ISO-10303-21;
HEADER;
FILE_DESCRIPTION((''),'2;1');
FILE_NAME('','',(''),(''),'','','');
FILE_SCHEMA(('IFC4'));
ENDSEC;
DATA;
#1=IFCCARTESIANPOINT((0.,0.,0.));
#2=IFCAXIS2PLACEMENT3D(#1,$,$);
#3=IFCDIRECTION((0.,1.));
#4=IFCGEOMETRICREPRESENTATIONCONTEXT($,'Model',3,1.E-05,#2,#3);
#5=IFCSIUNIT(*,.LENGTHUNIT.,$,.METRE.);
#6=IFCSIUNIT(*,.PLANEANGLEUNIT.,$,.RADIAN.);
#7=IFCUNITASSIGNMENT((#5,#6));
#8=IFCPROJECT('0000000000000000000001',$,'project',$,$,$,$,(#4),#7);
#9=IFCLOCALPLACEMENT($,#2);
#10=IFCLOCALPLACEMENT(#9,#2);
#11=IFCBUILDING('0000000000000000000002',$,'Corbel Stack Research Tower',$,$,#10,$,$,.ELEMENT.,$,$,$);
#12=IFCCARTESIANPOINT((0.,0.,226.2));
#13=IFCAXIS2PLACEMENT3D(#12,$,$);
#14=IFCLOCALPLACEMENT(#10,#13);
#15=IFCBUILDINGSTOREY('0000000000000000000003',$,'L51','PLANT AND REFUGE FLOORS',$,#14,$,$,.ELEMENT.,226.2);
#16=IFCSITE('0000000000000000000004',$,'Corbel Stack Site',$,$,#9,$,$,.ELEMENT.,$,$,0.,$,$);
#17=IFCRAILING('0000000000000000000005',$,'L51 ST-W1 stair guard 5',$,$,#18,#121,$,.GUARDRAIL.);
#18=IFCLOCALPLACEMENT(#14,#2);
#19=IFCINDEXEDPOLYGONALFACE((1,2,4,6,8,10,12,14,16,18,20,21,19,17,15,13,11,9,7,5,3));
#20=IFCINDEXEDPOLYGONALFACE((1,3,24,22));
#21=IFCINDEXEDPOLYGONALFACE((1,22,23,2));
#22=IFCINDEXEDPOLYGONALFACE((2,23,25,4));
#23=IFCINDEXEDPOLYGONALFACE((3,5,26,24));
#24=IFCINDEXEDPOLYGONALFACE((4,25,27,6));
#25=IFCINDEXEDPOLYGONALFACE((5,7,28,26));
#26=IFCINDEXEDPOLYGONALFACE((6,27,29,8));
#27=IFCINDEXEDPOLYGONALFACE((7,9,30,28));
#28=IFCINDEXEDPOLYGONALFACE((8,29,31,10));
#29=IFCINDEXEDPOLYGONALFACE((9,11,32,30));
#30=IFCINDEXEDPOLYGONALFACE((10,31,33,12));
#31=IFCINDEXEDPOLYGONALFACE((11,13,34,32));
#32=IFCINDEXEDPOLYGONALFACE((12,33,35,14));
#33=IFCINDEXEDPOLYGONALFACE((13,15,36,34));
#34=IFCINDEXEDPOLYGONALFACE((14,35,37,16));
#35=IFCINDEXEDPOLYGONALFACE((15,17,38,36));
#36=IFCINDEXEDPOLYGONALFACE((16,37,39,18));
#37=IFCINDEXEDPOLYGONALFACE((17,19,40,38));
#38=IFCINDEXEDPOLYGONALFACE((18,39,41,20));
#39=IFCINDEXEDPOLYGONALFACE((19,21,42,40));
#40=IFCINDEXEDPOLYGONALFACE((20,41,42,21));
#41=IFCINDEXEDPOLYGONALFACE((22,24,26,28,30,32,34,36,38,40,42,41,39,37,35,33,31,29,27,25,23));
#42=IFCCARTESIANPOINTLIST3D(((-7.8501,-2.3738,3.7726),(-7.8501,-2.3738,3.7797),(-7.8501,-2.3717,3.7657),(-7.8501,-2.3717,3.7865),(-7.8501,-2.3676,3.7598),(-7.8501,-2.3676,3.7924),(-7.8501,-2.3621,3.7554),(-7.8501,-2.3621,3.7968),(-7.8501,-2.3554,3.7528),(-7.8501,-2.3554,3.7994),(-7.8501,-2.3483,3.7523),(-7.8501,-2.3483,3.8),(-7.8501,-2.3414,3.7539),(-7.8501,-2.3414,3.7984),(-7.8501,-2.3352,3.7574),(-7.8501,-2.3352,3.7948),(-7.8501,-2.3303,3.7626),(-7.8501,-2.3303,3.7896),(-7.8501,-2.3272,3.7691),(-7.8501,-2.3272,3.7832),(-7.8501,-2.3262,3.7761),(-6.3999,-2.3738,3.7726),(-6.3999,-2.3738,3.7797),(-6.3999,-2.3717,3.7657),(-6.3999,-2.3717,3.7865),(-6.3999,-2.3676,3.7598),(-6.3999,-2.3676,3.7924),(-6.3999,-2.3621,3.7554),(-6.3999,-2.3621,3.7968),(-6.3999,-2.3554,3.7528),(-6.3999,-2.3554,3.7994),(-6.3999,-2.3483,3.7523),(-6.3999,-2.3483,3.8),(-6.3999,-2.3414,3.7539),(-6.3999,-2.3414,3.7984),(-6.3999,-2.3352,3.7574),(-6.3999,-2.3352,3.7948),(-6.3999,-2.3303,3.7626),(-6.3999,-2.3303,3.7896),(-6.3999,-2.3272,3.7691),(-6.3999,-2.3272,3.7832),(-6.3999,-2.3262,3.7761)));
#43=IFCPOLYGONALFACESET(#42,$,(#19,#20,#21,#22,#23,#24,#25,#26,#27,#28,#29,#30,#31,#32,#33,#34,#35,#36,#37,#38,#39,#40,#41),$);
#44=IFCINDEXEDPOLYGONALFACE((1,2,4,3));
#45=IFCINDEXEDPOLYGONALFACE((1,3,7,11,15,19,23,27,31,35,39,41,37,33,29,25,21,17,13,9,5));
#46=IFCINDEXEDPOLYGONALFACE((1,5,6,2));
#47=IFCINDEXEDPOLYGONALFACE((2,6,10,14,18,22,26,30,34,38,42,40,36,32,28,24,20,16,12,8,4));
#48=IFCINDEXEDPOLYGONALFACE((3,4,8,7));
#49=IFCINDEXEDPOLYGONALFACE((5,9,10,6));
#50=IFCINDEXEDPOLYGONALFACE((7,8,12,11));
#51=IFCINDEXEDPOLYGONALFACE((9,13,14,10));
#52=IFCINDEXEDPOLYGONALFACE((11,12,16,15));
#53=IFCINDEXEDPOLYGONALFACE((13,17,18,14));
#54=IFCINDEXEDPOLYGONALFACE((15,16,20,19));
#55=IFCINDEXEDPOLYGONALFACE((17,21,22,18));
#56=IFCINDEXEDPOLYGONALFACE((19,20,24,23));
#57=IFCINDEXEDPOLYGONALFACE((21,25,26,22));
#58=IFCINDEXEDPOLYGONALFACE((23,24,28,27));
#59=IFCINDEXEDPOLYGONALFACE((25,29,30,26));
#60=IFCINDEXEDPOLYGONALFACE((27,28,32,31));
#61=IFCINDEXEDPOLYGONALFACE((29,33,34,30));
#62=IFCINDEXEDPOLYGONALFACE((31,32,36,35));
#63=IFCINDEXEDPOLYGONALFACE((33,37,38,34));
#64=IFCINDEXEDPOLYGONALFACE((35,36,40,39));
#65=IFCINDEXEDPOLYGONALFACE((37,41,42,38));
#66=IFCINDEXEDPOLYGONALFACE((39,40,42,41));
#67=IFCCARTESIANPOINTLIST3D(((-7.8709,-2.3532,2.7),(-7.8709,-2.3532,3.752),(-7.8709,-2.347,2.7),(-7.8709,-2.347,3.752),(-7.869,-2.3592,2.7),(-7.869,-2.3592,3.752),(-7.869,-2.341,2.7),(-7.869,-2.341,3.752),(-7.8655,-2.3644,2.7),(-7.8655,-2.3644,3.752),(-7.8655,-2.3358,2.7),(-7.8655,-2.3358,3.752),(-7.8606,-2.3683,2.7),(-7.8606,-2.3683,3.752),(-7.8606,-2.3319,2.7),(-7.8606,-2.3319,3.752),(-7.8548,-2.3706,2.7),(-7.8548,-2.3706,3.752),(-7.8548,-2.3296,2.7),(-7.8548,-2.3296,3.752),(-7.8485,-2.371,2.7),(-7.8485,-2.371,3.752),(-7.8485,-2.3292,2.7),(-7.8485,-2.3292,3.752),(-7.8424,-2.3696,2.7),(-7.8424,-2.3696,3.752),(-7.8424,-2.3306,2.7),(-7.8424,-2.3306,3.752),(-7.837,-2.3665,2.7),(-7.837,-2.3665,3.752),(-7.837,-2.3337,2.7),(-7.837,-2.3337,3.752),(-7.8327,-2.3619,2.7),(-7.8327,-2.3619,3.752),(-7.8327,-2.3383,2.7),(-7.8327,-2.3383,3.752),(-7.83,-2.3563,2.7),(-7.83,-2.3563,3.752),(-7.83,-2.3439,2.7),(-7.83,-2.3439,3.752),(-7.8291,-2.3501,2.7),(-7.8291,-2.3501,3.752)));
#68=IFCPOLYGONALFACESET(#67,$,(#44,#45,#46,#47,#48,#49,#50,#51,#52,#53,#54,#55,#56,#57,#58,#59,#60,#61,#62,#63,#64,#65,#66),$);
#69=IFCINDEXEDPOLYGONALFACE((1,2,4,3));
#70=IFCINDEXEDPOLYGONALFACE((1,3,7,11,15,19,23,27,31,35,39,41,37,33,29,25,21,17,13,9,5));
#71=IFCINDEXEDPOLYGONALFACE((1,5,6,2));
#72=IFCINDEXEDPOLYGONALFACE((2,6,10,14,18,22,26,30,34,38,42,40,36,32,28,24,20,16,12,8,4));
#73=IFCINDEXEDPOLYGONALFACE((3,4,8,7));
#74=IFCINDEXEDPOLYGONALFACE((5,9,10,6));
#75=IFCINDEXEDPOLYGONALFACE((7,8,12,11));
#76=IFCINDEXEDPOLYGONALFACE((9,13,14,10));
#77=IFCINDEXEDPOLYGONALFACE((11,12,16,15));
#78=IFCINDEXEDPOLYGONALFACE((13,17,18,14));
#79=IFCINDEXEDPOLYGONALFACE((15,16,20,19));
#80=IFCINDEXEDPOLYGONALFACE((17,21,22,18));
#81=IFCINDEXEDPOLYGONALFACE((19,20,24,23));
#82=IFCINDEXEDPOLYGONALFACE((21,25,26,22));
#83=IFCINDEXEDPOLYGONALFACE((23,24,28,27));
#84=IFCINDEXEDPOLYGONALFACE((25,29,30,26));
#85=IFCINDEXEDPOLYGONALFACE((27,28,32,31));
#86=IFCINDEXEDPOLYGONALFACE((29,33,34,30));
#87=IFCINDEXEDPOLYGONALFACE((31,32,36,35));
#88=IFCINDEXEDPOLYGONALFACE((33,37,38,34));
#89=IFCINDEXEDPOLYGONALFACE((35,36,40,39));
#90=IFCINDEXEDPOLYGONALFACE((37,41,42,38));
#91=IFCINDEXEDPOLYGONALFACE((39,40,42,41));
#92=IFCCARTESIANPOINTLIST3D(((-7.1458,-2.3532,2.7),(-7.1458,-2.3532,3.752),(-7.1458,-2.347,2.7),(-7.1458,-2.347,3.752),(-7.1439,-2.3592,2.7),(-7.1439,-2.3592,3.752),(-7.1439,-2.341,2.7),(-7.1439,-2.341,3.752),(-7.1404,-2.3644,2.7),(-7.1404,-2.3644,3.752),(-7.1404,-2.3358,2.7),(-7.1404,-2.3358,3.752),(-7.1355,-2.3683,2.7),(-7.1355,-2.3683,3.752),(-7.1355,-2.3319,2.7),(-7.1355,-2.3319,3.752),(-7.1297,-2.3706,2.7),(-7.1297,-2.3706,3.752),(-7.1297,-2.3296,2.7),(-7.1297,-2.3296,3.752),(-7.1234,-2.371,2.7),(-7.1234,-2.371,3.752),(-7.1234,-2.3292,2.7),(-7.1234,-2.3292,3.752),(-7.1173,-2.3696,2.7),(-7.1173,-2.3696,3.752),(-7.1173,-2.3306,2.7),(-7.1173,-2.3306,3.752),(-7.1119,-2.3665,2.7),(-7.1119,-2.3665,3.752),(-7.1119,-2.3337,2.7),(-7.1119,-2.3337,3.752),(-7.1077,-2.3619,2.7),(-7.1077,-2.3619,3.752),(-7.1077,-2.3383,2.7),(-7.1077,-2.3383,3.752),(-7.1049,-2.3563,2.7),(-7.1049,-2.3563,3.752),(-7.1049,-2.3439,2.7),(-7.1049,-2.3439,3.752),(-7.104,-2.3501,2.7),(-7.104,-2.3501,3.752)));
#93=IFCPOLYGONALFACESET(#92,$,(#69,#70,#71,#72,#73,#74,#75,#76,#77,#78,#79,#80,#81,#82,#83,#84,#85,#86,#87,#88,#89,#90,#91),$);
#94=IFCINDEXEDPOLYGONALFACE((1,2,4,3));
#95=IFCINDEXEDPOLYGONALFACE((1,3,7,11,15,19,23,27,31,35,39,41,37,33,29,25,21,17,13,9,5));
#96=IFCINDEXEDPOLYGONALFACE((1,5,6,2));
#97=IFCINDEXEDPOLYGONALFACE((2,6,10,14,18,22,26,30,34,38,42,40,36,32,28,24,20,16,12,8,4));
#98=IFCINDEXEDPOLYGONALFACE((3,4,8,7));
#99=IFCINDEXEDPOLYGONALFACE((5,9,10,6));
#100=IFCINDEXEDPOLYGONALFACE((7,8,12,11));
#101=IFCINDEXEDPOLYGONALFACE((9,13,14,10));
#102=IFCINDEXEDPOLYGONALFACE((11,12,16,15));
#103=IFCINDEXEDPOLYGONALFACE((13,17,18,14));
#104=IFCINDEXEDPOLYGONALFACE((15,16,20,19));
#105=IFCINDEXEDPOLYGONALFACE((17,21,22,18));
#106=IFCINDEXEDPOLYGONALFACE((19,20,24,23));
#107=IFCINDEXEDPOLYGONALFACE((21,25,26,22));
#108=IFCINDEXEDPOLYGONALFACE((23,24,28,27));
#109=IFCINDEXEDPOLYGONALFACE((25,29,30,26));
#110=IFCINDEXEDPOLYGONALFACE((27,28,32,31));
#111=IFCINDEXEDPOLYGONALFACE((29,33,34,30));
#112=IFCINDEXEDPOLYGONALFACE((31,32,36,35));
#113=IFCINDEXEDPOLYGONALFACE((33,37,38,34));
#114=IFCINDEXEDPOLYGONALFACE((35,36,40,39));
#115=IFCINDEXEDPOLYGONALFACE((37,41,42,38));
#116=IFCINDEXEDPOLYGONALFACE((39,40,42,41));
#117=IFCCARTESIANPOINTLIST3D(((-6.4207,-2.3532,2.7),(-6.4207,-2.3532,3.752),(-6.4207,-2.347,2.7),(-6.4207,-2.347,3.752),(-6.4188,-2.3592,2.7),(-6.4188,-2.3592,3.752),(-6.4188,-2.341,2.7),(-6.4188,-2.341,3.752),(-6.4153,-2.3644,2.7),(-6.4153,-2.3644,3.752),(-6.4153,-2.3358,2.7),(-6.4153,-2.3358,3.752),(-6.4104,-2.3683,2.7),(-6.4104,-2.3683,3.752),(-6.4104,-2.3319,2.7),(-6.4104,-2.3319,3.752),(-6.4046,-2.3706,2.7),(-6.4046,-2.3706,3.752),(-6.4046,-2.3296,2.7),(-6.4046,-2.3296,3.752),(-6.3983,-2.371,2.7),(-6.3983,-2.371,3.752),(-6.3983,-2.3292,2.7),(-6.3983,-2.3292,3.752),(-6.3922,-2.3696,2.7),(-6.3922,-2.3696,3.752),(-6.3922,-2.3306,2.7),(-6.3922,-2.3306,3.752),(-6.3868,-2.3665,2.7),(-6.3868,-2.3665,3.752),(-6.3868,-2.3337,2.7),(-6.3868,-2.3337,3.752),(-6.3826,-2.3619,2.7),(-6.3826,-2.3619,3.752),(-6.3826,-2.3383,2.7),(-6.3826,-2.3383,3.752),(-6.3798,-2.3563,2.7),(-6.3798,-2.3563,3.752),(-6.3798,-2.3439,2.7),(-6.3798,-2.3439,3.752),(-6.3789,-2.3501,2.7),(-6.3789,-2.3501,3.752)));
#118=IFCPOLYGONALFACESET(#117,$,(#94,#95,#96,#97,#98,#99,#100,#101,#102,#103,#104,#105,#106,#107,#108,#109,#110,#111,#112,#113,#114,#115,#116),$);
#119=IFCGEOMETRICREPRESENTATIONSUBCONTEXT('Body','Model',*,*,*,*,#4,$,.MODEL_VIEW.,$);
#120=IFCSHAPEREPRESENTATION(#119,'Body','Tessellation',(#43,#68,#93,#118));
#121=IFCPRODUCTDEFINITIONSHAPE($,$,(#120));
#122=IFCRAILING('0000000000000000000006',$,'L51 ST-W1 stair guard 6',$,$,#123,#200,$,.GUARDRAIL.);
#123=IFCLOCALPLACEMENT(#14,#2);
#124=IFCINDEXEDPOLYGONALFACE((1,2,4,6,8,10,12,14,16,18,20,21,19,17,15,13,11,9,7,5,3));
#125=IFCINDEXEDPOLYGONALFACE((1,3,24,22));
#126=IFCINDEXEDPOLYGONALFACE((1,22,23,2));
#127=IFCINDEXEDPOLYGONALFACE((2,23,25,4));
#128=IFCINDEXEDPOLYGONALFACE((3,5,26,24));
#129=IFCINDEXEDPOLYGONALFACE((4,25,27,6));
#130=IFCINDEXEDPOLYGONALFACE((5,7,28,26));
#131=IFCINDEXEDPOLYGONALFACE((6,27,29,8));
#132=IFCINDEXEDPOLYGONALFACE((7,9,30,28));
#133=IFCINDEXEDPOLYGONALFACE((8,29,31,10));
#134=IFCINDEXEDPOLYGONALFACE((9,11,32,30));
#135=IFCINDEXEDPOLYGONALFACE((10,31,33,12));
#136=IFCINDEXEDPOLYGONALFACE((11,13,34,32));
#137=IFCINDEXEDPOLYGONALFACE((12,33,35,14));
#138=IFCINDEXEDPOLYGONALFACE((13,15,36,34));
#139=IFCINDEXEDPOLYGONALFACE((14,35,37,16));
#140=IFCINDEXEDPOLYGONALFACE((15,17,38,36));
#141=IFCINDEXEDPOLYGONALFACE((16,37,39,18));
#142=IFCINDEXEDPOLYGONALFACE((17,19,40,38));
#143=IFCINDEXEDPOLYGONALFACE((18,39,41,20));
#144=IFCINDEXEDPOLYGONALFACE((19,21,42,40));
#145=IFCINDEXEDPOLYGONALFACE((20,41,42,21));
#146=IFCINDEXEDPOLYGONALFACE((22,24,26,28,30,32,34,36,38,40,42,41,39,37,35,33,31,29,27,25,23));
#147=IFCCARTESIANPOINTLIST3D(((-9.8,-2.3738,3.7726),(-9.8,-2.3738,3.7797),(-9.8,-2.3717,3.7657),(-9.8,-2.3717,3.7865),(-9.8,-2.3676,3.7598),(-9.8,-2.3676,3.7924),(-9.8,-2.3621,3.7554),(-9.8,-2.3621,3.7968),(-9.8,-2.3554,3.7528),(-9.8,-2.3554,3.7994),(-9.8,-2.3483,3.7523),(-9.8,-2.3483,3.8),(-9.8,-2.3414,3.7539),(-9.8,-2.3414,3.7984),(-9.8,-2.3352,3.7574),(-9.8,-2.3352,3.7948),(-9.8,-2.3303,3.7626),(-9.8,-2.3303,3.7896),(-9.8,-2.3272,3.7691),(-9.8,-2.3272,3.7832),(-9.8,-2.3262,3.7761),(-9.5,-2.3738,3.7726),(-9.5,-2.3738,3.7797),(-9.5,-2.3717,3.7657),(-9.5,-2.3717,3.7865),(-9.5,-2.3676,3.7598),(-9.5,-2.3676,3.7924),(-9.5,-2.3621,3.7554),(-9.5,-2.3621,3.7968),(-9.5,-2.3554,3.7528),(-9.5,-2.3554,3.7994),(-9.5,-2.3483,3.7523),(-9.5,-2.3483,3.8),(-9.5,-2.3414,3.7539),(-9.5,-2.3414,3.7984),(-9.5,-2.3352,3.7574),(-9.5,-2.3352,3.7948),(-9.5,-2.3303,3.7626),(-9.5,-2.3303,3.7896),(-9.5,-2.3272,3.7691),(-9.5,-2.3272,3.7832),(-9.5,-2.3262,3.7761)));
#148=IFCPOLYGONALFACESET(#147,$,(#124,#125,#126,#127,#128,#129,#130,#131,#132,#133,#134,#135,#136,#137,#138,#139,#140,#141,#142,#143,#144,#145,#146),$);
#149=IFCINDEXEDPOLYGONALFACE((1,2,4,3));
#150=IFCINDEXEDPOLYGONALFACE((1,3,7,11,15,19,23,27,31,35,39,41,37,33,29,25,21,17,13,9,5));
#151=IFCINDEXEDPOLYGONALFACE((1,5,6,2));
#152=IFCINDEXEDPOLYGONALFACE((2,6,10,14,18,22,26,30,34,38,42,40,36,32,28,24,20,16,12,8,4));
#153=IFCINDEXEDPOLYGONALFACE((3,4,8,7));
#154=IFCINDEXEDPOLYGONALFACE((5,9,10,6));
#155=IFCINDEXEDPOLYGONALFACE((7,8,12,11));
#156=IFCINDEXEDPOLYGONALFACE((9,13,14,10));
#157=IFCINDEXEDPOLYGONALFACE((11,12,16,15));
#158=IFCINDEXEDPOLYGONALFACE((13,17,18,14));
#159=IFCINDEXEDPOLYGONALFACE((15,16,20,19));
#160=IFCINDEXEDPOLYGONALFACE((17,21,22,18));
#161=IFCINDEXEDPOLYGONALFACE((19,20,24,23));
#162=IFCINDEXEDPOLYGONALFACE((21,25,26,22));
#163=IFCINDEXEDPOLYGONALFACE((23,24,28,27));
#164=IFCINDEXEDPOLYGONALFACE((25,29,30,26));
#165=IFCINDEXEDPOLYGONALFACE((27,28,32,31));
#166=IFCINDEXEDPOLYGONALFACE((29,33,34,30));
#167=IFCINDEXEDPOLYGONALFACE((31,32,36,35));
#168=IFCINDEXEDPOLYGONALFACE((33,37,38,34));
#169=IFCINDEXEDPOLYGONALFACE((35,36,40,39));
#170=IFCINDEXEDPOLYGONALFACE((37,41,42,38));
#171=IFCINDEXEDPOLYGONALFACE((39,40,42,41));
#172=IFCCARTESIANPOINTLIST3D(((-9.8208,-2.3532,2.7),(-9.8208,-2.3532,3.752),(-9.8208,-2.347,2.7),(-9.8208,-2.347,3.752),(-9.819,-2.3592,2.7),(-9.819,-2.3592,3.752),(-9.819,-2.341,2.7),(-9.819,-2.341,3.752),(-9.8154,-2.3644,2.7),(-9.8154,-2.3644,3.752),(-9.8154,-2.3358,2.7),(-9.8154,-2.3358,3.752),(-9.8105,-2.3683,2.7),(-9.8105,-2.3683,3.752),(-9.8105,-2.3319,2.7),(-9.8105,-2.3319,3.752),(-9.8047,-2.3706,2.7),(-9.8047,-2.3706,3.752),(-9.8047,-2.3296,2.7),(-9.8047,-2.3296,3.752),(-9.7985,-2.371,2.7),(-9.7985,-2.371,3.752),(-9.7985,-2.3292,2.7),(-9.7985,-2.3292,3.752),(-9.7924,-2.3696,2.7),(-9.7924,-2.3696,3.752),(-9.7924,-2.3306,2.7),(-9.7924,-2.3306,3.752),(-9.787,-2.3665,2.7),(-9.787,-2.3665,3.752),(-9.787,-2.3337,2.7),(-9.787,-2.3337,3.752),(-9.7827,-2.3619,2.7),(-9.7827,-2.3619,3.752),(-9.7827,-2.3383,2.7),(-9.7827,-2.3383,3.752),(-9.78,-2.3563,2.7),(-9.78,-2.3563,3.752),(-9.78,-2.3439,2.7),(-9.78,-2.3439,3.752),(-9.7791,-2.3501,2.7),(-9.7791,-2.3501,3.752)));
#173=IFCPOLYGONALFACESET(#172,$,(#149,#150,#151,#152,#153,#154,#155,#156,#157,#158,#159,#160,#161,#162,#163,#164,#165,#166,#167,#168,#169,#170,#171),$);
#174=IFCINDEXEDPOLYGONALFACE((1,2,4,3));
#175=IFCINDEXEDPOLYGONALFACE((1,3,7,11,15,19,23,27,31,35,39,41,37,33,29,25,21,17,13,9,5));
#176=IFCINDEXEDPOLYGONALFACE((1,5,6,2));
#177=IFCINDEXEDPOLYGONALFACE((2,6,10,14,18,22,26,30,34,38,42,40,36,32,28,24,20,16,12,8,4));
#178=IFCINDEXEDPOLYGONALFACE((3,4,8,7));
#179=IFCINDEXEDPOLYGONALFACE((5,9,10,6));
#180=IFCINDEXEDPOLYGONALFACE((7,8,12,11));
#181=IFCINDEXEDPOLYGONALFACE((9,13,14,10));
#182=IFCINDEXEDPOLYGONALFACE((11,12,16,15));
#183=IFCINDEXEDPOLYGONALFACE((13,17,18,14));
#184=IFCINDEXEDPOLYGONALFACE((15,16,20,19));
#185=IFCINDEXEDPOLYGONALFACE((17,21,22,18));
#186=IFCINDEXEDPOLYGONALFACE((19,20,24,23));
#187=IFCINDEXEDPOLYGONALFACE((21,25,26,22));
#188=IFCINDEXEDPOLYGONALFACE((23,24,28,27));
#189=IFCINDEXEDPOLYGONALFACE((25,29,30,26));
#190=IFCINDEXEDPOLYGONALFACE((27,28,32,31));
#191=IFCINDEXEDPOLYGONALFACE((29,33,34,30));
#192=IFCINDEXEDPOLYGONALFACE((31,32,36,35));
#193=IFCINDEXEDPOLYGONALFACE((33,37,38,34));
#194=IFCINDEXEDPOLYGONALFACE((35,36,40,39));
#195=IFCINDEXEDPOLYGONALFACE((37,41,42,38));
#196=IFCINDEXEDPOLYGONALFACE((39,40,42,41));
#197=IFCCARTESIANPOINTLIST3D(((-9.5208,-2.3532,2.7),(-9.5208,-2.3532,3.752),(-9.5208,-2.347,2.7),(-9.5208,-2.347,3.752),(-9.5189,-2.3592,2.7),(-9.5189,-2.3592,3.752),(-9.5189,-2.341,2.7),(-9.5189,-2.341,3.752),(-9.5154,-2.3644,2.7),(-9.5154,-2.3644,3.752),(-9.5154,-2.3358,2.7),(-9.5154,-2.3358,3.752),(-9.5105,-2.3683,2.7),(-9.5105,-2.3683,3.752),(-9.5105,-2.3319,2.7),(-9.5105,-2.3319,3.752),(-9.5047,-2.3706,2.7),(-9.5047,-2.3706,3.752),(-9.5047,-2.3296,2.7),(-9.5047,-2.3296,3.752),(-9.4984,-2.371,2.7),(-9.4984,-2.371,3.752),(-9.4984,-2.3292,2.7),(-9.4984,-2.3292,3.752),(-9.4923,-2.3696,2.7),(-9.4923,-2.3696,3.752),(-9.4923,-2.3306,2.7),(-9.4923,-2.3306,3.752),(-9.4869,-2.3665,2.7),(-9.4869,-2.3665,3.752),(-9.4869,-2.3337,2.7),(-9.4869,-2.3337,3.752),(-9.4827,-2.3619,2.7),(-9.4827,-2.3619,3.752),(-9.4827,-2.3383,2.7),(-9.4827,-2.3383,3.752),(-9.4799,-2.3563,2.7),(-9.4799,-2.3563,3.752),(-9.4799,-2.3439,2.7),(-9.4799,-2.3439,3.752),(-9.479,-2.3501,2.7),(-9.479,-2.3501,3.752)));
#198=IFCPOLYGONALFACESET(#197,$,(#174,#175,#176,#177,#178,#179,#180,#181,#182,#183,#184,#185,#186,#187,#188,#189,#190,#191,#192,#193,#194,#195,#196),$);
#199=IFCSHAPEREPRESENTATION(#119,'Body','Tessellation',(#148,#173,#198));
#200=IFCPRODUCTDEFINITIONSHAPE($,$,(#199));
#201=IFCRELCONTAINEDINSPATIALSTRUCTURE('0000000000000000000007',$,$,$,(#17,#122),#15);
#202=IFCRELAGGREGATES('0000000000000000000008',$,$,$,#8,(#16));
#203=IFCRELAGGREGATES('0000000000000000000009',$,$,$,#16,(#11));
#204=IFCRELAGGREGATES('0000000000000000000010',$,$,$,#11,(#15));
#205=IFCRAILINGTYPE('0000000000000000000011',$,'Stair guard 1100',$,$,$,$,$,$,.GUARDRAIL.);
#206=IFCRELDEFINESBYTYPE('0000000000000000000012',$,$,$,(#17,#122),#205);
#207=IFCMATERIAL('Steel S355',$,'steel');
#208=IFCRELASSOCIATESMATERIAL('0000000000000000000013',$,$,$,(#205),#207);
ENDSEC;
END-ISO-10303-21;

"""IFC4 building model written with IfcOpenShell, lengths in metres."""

from ifc_helpers import new_model, si_unit, direction, frame, origin, origin_2d, place, context, subcontext, project, spatial, circle, extrude, material, type_object, element, save


model = new_model("IFC4")

# Units and contexts
model_context = context("Model", 3, precision=1e-05, world=origin(), true_north=direction((0.0, 1.0)))
body_context = subcontext(model_context, "Body", "Model", "MODEL_VIEW")
ifc_project = project(units=[si_unit("LENGTHUNIT", "METRE"), si_unit("PLANEANGLEUNIT", "RADIAN")], contexts=[model_context])

# Site, building, storey
site_placement = place(None, origin())
site = spatial("IfcSite", under=ifc_project, at=site_placement, Name="Corbel Stack Site", CompositionType="ELEMENT", RefElevation=0.0)
building_placement = place(site_placement, origin())
building = spatial("IfcBuilding", under=site, at=building_placement, Name="Corbel Stack Research Tower", CompositionType="ELEMENT")
storey_placement = place(building_placement, frame((0.0, 0.0, 226.2)))
storey = spatial("IfcBuildingStorey", under=building, at=storey_placement, Name="L51", Description="PLANT AND REFUGE FLOORS", CompositionType="ELEMENT", Elevation=226.2)

# Railings
ifc_material_1 = material(Name="Steel S355", Category="steel")
railing_type_1 = type_object("IfcRailingType", Name="Stair guard 1100", PredefinedType="GUARDRAIL", material=ifc_material_1)
railing_1_placement = place(storey_placement, frame((-7.8501, -2.3501, 2.7)))
element("IfcRailing", 1, at=railing_1_placement, inside=storey, type_object=railing_type_1, Name="L51 ST-W1 stair guard 5", PredefinedType="GUARDRAIL", context=body_context, shape_type="SweptSolid", body=[
    extrude(circle(Radius=0.0239, at=origin_2d()), frame((0.0, 0.0, 1.0762), z_axis=(1.0, 0.0, 0.0), x_axis=(0.0, 1.0, 0.0)), (0.0, 0.0, 1.0), 1.4502),
    extrude(circle(Radius=0.021, at=origin_2d()), origin(), (0.0, 0.0, 1.0), 1.052),
    extrude(circle(Radius=0.021, at=origin_2d()), frame((0.7251, 0.0, 0.0)), (0.0, 0.0, 1.0), 1.052),
    extrude(circle(Radius=0.021, at=origin_2d()), frame((1.4502, 0.0, 0.0)), (0.0, 0.0, 1.0), 1.052),
])
railing_2_placement = place(storey_placement, frame((-9.8, -2.3501, 2.7)))
element("IfcRailing", 2, at=railing_2_placement, inside=storey, type_object=railing_type_1, Name="L51 ST-W1 stair guard 6", PredefinedType="GUARDRAIL", context=body_context, shape_type="SweptSolid", body=[
    extrude(circle(Radius=0.0239, at=origin_2d()), frame((0.0, 0.0, 1.0762), z_axis=(1.0, 0.0, 0.0), x_axis=(0.0, 1.0, 0.0)), (0.0, 0.0, 1.0), 0.3),
    extrude(circle(Radius=0.021, at=origin_2d()), origin(), (0.0, 0.0, 1.0), 1.052),
    extrude(circle(Radius=0.021, at=origin_2d()), frame((0.3, 0.0, 0.0)), (0.0, 0.0, 1.0), 1.052),
])

save(model, "model.ifc")
